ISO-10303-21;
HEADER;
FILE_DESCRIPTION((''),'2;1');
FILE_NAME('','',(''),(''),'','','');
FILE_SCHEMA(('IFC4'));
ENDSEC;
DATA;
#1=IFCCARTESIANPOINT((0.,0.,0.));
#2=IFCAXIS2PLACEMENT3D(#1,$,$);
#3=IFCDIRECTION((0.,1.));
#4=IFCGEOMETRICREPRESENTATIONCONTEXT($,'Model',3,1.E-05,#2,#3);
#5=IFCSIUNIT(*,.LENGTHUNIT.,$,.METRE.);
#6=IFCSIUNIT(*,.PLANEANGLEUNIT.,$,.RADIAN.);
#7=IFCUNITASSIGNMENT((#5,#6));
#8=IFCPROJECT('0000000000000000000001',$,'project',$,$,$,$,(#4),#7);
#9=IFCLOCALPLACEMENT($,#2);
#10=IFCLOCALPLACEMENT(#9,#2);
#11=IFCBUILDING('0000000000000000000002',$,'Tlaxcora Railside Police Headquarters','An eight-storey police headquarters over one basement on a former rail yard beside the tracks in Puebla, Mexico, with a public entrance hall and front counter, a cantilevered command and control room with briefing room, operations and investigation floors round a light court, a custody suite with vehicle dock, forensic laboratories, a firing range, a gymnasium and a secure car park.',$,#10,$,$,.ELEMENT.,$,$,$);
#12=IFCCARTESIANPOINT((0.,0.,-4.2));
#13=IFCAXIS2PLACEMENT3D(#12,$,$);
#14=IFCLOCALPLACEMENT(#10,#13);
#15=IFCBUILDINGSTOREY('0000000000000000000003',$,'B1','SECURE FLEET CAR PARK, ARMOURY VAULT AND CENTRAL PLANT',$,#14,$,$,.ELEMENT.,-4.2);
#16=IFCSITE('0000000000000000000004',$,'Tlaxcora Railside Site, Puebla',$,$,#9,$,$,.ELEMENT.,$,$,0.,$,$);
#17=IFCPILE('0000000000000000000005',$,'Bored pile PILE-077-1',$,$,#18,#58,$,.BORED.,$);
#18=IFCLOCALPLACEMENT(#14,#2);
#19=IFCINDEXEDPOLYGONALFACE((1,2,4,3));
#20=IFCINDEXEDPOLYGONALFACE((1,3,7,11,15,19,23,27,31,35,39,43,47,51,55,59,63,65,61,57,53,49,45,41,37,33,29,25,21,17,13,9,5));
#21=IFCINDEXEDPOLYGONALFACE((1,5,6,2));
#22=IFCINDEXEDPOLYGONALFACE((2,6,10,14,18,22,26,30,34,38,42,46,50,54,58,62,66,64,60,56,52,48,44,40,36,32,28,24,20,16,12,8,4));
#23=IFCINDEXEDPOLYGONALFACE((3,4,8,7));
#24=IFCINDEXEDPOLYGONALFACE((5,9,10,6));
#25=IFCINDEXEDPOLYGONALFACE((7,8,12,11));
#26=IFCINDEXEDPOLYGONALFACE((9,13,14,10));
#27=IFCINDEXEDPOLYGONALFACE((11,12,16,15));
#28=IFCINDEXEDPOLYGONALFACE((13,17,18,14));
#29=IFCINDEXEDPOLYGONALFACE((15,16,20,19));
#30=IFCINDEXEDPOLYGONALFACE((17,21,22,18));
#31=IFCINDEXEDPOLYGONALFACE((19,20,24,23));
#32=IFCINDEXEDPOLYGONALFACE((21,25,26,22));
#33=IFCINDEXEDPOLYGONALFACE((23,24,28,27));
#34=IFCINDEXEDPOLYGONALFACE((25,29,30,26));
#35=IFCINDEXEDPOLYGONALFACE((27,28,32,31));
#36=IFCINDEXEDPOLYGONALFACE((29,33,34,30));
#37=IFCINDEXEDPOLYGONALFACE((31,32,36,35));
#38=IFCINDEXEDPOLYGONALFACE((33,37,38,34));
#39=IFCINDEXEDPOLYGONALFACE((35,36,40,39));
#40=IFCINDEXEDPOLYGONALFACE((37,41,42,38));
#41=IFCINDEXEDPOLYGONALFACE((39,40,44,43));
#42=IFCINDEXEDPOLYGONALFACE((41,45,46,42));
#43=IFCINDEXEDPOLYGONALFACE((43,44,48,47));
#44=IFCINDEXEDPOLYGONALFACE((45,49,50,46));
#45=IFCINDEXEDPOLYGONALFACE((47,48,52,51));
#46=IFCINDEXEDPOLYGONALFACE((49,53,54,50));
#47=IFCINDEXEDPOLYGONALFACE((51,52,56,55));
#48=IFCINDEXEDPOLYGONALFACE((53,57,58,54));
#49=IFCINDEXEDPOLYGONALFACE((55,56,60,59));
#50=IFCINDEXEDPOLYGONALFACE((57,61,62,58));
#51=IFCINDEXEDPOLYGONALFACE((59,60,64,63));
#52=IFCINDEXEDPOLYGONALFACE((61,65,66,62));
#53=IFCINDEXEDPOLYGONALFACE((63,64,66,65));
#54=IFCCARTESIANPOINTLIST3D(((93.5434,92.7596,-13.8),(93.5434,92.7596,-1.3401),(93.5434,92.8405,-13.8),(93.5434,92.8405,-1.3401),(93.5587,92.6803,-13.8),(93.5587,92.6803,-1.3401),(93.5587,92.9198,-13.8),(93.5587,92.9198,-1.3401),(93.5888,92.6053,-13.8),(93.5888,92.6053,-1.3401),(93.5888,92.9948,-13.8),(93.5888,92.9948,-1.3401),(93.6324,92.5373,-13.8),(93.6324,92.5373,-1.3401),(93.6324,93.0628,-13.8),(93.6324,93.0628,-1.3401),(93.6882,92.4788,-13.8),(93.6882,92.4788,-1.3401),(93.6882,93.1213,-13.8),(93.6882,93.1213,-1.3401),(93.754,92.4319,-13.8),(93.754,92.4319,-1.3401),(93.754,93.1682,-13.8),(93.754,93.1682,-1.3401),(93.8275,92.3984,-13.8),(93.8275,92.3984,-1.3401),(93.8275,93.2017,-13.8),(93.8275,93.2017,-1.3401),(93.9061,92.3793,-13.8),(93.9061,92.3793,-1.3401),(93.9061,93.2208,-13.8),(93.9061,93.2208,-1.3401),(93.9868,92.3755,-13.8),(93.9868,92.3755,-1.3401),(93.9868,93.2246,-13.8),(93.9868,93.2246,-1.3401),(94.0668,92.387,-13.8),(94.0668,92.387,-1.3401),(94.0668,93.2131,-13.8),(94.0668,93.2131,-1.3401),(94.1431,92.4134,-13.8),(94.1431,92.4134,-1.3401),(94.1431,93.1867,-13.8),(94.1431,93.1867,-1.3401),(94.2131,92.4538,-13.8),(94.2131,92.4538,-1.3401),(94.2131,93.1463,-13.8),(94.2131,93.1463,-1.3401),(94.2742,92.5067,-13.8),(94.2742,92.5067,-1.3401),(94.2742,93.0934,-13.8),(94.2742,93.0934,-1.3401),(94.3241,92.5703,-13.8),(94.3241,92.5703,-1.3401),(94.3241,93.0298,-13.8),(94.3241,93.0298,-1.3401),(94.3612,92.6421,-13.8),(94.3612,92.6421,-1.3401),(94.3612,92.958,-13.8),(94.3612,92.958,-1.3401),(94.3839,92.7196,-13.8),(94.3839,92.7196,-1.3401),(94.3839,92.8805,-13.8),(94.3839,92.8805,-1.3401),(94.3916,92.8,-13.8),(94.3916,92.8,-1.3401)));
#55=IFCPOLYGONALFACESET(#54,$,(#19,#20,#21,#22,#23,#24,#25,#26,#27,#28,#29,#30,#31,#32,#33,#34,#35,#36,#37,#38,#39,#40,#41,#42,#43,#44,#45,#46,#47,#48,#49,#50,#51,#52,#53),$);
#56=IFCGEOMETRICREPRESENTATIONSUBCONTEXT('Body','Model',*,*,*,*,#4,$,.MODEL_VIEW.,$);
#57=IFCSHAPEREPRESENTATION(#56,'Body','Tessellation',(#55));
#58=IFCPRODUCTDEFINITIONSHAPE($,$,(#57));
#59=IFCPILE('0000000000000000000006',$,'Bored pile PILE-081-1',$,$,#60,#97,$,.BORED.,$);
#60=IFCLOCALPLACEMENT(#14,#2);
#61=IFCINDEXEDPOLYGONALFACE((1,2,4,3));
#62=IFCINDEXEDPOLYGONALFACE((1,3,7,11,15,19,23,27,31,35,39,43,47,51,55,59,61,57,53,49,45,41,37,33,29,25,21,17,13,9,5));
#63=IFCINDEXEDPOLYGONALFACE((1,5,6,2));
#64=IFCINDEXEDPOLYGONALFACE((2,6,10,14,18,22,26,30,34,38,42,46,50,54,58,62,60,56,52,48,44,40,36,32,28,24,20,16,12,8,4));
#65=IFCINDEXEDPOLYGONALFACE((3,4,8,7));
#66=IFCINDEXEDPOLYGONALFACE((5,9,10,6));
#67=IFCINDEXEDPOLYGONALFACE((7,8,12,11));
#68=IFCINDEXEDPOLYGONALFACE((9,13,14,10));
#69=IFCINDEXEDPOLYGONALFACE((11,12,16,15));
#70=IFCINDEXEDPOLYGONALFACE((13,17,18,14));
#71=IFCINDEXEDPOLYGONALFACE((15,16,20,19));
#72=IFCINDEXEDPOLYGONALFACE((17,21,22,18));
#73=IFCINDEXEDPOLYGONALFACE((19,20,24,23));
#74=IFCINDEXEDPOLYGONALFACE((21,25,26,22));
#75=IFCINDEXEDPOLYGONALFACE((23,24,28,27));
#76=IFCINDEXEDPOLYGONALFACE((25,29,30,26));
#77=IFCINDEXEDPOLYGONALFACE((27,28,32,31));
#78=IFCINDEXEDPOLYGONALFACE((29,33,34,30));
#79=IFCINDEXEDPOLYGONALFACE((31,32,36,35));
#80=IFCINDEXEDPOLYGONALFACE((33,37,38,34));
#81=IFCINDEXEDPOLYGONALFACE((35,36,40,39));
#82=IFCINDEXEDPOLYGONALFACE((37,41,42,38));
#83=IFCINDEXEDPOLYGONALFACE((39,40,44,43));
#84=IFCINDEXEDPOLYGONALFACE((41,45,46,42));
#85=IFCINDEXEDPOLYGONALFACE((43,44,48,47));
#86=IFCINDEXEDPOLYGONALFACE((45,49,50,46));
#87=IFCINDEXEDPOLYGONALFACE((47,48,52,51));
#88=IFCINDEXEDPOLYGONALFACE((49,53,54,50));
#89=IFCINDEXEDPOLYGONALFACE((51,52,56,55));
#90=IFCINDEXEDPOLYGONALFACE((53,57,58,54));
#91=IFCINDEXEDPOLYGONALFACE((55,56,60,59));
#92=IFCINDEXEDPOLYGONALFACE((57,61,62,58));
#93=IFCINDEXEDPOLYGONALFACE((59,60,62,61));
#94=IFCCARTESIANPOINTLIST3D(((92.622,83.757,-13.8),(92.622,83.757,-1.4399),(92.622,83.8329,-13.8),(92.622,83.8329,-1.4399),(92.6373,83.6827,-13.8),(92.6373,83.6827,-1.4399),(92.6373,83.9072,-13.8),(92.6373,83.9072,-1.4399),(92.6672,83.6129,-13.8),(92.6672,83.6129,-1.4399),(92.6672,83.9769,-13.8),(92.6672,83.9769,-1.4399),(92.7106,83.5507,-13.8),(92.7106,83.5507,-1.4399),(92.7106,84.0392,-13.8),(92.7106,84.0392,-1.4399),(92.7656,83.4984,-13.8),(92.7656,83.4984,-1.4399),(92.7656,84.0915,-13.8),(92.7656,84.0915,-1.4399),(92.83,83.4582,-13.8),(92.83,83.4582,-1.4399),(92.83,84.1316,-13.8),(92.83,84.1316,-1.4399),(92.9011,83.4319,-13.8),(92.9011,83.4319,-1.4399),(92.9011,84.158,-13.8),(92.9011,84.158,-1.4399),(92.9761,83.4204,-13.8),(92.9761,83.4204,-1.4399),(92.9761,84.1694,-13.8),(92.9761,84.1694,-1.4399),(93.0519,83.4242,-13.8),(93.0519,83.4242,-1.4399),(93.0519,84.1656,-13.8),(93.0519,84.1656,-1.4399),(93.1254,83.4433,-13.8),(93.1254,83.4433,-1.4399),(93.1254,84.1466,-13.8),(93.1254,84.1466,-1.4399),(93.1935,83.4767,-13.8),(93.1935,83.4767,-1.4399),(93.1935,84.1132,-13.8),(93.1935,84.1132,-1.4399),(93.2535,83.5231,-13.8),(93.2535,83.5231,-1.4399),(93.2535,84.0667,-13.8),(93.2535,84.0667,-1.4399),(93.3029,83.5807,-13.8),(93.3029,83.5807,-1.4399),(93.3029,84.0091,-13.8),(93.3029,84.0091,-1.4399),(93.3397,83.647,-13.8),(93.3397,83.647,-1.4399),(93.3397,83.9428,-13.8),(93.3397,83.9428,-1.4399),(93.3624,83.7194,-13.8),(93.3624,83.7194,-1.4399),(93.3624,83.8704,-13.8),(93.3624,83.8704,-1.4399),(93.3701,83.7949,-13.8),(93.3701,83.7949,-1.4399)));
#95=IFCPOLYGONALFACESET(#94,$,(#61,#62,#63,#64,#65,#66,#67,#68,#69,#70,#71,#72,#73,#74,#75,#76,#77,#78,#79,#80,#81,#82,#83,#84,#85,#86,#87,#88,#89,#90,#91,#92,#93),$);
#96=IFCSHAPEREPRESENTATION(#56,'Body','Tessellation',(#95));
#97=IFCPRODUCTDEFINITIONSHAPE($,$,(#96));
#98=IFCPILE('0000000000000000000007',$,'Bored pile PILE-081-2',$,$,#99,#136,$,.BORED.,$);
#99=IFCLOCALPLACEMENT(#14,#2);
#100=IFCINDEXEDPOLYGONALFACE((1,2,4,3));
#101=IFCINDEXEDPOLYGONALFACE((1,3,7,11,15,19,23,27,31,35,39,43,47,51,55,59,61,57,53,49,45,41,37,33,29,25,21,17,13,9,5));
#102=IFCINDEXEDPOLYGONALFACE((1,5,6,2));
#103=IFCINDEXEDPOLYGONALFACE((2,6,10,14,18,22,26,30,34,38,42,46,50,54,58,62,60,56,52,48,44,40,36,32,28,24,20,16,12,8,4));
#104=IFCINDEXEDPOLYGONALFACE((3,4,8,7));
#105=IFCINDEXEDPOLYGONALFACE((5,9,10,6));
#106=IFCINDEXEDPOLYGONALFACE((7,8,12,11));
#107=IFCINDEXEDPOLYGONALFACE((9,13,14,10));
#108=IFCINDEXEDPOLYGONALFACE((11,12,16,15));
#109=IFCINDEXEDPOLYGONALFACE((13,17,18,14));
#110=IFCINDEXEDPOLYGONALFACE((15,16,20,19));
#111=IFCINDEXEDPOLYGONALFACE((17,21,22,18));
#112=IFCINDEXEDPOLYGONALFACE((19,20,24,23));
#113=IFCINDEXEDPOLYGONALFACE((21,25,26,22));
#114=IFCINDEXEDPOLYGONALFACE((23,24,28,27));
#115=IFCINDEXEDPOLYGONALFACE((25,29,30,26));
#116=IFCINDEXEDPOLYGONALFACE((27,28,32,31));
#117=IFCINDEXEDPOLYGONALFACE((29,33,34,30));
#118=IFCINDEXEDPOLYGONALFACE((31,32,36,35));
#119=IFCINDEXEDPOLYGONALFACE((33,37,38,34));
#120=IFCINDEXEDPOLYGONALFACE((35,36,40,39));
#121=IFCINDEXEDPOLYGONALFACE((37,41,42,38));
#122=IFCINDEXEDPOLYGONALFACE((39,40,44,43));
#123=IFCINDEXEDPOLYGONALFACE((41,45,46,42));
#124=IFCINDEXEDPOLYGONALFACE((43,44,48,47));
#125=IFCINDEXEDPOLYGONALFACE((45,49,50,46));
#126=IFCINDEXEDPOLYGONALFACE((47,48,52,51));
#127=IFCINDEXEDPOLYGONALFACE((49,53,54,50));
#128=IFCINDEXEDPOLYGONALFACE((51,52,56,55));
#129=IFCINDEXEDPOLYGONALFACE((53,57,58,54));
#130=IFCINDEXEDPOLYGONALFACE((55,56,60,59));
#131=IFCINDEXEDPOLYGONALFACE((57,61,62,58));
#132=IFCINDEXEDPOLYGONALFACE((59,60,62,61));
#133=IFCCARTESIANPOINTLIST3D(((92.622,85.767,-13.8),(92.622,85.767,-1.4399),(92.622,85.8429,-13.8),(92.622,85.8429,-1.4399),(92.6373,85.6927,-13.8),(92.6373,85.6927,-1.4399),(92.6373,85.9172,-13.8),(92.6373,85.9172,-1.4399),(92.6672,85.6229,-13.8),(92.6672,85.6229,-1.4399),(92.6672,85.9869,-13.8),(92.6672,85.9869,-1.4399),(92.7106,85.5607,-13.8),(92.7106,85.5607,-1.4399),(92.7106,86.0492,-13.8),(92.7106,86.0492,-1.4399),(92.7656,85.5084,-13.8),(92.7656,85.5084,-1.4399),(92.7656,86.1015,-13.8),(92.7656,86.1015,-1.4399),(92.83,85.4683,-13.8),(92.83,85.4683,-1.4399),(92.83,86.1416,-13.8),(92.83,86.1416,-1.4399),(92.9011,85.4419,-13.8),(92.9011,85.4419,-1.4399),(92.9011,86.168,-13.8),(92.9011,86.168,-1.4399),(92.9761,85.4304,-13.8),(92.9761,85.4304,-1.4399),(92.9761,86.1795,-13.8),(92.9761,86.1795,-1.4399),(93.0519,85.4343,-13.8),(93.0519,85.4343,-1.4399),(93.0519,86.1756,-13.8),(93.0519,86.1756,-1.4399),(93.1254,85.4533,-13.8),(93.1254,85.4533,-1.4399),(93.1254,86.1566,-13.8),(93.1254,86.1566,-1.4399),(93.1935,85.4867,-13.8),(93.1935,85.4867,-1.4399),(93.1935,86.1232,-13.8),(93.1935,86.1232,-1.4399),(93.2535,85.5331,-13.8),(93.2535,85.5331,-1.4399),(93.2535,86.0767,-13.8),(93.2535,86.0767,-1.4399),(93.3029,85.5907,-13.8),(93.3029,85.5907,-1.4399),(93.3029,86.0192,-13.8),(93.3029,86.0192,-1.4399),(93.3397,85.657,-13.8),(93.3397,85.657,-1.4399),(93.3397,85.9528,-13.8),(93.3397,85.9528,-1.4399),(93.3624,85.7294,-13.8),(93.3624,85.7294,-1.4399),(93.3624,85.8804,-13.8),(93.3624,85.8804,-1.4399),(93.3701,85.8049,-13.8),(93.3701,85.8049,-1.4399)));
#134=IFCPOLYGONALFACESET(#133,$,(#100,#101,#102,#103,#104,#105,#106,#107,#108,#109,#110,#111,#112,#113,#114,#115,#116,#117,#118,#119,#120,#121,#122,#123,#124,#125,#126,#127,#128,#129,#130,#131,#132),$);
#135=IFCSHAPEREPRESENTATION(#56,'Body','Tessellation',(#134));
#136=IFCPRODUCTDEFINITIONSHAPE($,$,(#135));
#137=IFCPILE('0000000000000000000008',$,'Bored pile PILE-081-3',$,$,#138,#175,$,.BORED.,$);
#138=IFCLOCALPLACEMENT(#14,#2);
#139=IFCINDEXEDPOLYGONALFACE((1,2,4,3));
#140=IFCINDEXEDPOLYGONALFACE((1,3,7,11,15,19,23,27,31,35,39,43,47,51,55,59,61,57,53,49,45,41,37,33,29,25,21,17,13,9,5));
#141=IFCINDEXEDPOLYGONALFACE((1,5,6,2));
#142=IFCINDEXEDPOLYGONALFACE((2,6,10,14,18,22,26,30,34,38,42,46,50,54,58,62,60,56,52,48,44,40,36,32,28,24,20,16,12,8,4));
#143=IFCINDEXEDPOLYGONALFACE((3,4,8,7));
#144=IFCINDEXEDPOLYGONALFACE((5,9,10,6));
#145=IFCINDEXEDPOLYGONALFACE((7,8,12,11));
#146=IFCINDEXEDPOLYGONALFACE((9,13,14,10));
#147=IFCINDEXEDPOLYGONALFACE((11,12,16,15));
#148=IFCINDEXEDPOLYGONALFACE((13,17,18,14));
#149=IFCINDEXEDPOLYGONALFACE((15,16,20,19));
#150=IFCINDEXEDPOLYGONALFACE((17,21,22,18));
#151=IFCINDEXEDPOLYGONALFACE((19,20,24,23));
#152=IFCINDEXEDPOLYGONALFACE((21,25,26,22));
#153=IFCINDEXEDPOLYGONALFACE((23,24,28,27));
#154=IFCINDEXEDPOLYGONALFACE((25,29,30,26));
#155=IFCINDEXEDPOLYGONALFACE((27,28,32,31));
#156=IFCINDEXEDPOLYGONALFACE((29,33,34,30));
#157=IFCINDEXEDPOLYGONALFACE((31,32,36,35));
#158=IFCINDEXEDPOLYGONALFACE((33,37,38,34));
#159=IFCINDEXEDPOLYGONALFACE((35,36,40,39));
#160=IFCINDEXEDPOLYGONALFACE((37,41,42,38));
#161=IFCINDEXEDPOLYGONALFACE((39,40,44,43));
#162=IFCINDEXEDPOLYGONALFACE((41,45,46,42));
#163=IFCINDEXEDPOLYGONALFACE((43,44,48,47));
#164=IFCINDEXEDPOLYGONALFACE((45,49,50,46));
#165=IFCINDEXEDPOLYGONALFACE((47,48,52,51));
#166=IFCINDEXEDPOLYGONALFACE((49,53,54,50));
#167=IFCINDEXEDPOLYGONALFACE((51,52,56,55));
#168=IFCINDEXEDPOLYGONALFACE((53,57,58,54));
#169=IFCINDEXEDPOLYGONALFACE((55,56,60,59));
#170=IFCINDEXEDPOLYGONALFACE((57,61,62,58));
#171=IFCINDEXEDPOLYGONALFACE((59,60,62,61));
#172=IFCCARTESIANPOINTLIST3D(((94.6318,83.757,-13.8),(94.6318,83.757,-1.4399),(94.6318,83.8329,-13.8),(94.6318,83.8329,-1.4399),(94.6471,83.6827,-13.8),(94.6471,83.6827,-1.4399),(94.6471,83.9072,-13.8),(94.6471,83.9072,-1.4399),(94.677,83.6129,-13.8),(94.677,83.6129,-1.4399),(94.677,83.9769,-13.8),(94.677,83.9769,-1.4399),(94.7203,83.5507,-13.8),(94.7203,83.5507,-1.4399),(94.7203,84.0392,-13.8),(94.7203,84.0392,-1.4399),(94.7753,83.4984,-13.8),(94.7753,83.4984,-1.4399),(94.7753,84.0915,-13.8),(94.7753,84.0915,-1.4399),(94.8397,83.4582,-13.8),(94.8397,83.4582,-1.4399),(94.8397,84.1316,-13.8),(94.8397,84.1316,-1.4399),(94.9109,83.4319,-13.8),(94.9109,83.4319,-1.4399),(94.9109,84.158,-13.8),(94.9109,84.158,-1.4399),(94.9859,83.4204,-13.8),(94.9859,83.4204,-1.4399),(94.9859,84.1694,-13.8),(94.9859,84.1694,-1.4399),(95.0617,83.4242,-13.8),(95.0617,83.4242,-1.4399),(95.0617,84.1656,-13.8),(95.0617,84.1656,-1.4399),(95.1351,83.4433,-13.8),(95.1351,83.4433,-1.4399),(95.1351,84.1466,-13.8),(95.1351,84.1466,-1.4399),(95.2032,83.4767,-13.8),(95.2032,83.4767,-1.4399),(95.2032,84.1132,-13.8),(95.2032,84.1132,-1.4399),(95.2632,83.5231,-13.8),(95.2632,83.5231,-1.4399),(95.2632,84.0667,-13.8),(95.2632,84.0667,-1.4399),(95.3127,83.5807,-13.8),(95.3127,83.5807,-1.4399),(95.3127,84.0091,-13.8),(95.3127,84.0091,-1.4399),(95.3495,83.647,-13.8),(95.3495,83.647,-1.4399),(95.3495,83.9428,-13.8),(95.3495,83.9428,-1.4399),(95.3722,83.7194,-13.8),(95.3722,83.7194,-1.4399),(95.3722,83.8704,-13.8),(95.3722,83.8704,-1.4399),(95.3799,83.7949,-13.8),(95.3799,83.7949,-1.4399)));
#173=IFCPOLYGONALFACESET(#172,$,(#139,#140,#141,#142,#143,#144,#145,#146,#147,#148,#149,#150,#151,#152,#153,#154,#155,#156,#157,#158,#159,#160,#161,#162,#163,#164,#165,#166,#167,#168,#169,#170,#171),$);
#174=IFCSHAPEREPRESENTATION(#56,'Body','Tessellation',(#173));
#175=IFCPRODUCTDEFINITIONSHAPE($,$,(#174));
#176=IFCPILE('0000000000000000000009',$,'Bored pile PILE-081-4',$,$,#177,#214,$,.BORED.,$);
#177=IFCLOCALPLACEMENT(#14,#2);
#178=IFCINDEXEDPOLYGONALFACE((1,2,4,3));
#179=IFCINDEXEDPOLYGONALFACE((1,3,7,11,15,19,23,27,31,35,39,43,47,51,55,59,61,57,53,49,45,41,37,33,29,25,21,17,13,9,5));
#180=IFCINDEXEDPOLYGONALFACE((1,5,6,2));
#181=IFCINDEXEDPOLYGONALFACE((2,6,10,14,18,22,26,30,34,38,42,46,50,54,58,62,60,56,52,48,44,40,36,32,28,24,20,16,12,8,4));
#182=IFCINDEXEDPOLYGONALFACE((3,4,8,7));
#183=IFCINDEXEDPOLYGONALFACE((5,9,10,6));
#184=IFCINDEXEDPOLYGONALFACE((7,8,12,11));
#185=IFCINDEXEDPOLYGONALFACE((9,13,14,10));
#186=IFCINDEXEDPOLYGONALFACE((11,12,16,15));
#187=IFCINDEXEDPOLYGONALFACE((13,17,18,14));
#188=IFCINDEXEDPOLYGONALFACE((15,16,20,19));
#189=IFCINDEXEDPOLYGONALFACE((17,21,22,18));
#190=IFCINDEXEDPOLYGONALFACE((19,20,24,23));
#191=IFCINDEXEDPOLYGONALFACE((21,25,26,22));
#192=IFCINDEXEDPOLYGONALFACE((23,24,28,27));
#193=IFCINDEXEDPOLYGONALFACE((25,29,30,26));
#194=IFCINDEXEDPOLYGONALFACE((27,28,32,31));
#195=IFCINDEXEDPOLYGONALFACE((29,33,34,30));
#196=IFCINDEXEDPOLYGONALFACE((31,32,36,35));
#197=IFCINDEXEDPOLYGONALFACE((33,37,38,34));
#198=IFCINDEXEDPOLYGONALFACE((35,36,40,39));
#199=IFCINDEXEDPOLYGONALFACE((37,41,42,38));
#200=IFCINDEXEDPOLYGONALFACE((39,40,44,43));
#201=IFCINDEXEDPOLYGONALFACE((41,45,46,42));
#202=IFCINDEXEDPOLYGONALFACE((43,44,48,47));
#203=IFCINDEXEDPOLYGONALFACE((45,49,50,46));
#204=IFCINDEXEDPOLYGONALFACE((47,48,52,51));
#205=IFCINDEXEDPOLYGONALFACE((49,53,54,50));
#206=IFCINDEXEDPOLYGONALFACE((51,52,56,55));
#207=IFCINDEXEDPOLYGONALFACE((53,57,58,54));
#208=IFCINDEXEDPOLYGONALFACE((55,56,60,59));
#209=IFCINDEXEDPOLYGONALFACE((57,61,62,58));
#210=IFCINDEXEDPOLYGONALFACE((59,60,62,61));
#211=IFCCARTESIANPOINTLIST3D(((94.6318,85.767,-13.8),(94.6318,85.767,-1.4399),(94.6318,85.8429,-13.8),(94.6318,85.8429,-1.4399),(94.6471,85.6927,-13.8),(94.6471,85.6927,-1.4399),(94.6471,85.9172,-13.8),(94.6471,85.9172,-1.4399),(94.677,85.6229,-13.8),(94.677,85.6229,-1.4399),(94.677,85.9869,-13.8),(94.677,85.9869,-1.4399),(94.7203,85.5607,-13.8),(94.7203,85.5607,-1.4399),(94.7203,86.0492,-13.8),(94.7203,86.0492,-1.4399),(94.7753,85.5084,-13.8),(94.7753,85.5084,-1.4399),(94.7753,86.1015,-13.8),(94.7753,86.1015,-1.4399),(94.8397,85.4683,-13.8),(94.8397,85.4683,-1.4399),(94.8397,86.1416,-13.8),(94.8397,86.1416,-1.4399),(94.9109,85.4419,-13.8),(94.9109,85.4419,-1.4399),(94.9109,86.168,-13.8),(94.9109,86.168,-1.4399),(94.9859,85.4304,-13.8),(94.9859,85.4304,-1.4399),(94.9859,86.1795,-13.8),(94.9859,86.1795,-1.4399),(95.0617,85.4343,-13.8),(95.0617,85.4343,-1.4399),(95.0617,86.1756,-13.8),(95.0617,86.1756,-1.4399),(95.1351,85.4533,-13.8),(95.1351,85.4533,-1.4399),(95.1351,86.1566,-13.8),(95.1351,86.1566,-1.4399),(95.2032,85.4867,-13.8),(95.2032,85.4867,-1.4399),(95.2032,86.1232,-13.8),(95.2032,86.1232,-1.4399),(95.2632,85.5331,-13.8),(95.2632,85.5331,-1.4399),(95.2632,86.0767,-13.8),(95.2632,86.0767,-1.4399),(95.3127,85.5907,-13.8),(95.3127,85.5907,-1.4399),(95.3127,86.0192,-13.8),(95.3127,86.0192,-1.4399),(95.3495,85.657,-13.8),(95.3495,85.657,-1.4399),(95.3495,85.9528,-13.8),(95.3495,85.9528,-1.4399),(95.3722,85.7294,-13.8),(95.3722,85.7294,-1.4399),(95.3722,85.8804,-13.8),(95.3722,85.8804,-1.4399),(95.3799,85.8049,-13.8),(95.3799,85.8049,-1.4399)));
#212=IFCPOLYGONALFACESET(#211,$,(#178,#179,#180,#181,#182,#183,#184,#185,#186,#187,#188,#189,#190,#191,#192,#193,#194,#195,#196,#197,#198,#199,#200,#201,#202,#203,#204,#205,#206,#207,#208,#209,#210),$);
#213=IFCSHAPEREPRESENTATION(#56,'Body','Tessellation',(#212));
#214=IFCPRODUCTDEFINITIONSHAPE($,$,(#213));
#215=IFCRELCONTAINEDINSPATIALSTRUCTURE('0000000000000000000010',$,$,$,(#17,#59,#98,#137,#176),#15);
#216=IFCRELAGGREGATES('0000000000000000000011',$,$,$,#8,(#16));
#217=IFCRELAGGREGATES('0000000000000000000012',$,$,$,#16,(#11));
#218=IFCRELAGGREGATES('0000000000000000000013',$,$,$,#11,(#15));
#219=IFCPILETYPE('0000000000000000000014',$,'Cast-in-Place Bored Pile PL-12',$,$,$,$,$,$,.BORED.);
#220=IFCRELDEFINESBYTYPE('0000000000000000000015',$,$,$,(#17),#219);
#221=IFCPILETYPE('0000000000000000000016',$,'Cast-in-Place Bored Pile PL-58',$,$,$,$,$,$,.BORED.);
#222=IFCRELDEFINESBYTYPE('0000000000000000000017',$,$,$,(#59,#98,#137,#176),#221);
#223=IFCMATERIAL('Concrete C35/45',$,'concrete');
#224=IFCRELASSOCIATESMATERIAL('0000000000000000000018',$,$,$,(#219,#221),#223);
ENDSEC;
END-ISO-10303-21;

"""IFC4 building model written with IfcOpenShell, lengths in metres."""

from ifc_helpers import new_model, si_unit, direction, frame, origin, origin_2d, place, context, subcontext, project, spatial, circle, extrude, material, material_profile, profile_set, type_object, element, save


model = new_model("IFC4")

# Units and contexts
model_context = context("Model", 3, precision=1e-05, world=origin(), true_north=direction((0.0, 1.0)))
body_context = subcontext(model_context, "Body", "Model", "MODEL_VIEW")
ifc_project = project(units=[si_unit("LENGTHUNIT", "METRE"), si_unit("PLANEANGLEUNIT", "RADIAN")], contexts=[model_context])

# Site, building, storey
site_placement = place(None, origin())
site = spatial("IfcSite", under=ifc_project, at=site_placement, Name="Tlaxcora Railside Site, Puebla", CompositionType="ELEMENT", RefElevation=0.0)
building_placement = place(site_placement, origin())
building = spatial("IfcBuilding", under=site, at=building_placement, Name="Tlaxcora Railside Police Headquarters", Description="An eight-storey police headquarters over one basement on a former rail yard beside the tracks in Puebla, Mexico, with a public entrance hall and front counter, a cantilevered command and control room with briefing room, operations and investigation floors round a light court, a custody suite with vehicle dock, forensic laboratories, a firing range, a gymnasium and a secure car park.", CompositionType="ELEMENT")
storey_placement = place(building_placement, frame((0.0, 0.0, -4.2)))
storey = spatial("IfcBuildingStorey", under=building, at=storey_placement, Name="B1", Description="SECURE FLEET CAR PARK, ARMOURY VAULT AND CENTRAL PLANT", CompositionType="ELEMENT", Elevation=-4.2)

# Piles
ifc_material_1 = material(Name="Concrete C35/45", Category="concrete")
ifc_material_profile_1 = material_profile(ifc_material_1, circle(Radius=0.425, at=origin_2d()), Name="PILE850")
ifc_profile_set_1 = profile_set([ifc_material_profile_1], Name="Concrete C35/45")
pile_type_1 = type_object("IfcPileType", Name="Cast-in-Place Bored Pile PL-12", PredefinedType="BORED", material=ifc_profile_set_1)
pile_placement = place(storey_placement, frame((93.9666, 92.8, -1.3401), z_axis=(0.0, 0.0, -1.0), x_axis=(1.0, 0.0, 0.0)))
element("IfcPile", 1, at=pile_placement, inside=storey, type_object=pile_type_1, Name="Bored pile PILE-077-1", PredefinedType="BORED", context=body_context, shape_type="SweptSolid", body=[
    extrude(circle(Radius=0.425, at=origin_2d()), origin(), (0.0, 0.0, 1.0), 12.46),
])
ifc_material_profile_2 = material_profile(ifc_material_1, circle(Radius=0.375, at=origin_2d()), Name="PILE750")
ifc_profile_set_2 = profile_set([ifc_material_profile_2], Name="Concrete C35/45")
pile_type_2 = type_object("IfcPileType", Name="Cast-in-Place Bored Pile PL-58", PredefinedType="BORED", material=ifc_profile_set_2)
for number, where, z_axis, x_axis, name in (
    (2, (92.9951, 83.7949, -1.4399), (0.0, 0.0, -1.0), (1.0, 0.0, 0.0), "Bored pile PILE-081-1"),
    (3, (92.9951, 85.8049, -1.4399), (0.0, 0.0, -1.0), (1.0, 0.0, 0.0), "Bored pile PILE-081-2"),
    (4, (95.0049, 83.7949, -1.4399), (0.0, 0.0, -1.0), (1.0, 0.0, 0.0), "Bored pile PILE-081-3"),
    (5, (95.0049, 85.8049, -1.4399), (0.0, 0.0, -1.0), (1.0, 0.0, 0.0), "Bored pile PILE-081-4"),
):
    element("IfcPile", number, at=place(storey_placement, frame(where, z_axis=z_axis, x_axis=x_axis)), inside=storey, type_object=pile_type_2, Name=name, PredefinedType="BORED", context=body_context, shape_type="SweptSolid", body=[
        extrude(circle(Radius=0.375, at=origin_2d()), origin(), (0.0, 0.0, 1.0), 12.3601),
    ])

save(model, "model.ifc")
